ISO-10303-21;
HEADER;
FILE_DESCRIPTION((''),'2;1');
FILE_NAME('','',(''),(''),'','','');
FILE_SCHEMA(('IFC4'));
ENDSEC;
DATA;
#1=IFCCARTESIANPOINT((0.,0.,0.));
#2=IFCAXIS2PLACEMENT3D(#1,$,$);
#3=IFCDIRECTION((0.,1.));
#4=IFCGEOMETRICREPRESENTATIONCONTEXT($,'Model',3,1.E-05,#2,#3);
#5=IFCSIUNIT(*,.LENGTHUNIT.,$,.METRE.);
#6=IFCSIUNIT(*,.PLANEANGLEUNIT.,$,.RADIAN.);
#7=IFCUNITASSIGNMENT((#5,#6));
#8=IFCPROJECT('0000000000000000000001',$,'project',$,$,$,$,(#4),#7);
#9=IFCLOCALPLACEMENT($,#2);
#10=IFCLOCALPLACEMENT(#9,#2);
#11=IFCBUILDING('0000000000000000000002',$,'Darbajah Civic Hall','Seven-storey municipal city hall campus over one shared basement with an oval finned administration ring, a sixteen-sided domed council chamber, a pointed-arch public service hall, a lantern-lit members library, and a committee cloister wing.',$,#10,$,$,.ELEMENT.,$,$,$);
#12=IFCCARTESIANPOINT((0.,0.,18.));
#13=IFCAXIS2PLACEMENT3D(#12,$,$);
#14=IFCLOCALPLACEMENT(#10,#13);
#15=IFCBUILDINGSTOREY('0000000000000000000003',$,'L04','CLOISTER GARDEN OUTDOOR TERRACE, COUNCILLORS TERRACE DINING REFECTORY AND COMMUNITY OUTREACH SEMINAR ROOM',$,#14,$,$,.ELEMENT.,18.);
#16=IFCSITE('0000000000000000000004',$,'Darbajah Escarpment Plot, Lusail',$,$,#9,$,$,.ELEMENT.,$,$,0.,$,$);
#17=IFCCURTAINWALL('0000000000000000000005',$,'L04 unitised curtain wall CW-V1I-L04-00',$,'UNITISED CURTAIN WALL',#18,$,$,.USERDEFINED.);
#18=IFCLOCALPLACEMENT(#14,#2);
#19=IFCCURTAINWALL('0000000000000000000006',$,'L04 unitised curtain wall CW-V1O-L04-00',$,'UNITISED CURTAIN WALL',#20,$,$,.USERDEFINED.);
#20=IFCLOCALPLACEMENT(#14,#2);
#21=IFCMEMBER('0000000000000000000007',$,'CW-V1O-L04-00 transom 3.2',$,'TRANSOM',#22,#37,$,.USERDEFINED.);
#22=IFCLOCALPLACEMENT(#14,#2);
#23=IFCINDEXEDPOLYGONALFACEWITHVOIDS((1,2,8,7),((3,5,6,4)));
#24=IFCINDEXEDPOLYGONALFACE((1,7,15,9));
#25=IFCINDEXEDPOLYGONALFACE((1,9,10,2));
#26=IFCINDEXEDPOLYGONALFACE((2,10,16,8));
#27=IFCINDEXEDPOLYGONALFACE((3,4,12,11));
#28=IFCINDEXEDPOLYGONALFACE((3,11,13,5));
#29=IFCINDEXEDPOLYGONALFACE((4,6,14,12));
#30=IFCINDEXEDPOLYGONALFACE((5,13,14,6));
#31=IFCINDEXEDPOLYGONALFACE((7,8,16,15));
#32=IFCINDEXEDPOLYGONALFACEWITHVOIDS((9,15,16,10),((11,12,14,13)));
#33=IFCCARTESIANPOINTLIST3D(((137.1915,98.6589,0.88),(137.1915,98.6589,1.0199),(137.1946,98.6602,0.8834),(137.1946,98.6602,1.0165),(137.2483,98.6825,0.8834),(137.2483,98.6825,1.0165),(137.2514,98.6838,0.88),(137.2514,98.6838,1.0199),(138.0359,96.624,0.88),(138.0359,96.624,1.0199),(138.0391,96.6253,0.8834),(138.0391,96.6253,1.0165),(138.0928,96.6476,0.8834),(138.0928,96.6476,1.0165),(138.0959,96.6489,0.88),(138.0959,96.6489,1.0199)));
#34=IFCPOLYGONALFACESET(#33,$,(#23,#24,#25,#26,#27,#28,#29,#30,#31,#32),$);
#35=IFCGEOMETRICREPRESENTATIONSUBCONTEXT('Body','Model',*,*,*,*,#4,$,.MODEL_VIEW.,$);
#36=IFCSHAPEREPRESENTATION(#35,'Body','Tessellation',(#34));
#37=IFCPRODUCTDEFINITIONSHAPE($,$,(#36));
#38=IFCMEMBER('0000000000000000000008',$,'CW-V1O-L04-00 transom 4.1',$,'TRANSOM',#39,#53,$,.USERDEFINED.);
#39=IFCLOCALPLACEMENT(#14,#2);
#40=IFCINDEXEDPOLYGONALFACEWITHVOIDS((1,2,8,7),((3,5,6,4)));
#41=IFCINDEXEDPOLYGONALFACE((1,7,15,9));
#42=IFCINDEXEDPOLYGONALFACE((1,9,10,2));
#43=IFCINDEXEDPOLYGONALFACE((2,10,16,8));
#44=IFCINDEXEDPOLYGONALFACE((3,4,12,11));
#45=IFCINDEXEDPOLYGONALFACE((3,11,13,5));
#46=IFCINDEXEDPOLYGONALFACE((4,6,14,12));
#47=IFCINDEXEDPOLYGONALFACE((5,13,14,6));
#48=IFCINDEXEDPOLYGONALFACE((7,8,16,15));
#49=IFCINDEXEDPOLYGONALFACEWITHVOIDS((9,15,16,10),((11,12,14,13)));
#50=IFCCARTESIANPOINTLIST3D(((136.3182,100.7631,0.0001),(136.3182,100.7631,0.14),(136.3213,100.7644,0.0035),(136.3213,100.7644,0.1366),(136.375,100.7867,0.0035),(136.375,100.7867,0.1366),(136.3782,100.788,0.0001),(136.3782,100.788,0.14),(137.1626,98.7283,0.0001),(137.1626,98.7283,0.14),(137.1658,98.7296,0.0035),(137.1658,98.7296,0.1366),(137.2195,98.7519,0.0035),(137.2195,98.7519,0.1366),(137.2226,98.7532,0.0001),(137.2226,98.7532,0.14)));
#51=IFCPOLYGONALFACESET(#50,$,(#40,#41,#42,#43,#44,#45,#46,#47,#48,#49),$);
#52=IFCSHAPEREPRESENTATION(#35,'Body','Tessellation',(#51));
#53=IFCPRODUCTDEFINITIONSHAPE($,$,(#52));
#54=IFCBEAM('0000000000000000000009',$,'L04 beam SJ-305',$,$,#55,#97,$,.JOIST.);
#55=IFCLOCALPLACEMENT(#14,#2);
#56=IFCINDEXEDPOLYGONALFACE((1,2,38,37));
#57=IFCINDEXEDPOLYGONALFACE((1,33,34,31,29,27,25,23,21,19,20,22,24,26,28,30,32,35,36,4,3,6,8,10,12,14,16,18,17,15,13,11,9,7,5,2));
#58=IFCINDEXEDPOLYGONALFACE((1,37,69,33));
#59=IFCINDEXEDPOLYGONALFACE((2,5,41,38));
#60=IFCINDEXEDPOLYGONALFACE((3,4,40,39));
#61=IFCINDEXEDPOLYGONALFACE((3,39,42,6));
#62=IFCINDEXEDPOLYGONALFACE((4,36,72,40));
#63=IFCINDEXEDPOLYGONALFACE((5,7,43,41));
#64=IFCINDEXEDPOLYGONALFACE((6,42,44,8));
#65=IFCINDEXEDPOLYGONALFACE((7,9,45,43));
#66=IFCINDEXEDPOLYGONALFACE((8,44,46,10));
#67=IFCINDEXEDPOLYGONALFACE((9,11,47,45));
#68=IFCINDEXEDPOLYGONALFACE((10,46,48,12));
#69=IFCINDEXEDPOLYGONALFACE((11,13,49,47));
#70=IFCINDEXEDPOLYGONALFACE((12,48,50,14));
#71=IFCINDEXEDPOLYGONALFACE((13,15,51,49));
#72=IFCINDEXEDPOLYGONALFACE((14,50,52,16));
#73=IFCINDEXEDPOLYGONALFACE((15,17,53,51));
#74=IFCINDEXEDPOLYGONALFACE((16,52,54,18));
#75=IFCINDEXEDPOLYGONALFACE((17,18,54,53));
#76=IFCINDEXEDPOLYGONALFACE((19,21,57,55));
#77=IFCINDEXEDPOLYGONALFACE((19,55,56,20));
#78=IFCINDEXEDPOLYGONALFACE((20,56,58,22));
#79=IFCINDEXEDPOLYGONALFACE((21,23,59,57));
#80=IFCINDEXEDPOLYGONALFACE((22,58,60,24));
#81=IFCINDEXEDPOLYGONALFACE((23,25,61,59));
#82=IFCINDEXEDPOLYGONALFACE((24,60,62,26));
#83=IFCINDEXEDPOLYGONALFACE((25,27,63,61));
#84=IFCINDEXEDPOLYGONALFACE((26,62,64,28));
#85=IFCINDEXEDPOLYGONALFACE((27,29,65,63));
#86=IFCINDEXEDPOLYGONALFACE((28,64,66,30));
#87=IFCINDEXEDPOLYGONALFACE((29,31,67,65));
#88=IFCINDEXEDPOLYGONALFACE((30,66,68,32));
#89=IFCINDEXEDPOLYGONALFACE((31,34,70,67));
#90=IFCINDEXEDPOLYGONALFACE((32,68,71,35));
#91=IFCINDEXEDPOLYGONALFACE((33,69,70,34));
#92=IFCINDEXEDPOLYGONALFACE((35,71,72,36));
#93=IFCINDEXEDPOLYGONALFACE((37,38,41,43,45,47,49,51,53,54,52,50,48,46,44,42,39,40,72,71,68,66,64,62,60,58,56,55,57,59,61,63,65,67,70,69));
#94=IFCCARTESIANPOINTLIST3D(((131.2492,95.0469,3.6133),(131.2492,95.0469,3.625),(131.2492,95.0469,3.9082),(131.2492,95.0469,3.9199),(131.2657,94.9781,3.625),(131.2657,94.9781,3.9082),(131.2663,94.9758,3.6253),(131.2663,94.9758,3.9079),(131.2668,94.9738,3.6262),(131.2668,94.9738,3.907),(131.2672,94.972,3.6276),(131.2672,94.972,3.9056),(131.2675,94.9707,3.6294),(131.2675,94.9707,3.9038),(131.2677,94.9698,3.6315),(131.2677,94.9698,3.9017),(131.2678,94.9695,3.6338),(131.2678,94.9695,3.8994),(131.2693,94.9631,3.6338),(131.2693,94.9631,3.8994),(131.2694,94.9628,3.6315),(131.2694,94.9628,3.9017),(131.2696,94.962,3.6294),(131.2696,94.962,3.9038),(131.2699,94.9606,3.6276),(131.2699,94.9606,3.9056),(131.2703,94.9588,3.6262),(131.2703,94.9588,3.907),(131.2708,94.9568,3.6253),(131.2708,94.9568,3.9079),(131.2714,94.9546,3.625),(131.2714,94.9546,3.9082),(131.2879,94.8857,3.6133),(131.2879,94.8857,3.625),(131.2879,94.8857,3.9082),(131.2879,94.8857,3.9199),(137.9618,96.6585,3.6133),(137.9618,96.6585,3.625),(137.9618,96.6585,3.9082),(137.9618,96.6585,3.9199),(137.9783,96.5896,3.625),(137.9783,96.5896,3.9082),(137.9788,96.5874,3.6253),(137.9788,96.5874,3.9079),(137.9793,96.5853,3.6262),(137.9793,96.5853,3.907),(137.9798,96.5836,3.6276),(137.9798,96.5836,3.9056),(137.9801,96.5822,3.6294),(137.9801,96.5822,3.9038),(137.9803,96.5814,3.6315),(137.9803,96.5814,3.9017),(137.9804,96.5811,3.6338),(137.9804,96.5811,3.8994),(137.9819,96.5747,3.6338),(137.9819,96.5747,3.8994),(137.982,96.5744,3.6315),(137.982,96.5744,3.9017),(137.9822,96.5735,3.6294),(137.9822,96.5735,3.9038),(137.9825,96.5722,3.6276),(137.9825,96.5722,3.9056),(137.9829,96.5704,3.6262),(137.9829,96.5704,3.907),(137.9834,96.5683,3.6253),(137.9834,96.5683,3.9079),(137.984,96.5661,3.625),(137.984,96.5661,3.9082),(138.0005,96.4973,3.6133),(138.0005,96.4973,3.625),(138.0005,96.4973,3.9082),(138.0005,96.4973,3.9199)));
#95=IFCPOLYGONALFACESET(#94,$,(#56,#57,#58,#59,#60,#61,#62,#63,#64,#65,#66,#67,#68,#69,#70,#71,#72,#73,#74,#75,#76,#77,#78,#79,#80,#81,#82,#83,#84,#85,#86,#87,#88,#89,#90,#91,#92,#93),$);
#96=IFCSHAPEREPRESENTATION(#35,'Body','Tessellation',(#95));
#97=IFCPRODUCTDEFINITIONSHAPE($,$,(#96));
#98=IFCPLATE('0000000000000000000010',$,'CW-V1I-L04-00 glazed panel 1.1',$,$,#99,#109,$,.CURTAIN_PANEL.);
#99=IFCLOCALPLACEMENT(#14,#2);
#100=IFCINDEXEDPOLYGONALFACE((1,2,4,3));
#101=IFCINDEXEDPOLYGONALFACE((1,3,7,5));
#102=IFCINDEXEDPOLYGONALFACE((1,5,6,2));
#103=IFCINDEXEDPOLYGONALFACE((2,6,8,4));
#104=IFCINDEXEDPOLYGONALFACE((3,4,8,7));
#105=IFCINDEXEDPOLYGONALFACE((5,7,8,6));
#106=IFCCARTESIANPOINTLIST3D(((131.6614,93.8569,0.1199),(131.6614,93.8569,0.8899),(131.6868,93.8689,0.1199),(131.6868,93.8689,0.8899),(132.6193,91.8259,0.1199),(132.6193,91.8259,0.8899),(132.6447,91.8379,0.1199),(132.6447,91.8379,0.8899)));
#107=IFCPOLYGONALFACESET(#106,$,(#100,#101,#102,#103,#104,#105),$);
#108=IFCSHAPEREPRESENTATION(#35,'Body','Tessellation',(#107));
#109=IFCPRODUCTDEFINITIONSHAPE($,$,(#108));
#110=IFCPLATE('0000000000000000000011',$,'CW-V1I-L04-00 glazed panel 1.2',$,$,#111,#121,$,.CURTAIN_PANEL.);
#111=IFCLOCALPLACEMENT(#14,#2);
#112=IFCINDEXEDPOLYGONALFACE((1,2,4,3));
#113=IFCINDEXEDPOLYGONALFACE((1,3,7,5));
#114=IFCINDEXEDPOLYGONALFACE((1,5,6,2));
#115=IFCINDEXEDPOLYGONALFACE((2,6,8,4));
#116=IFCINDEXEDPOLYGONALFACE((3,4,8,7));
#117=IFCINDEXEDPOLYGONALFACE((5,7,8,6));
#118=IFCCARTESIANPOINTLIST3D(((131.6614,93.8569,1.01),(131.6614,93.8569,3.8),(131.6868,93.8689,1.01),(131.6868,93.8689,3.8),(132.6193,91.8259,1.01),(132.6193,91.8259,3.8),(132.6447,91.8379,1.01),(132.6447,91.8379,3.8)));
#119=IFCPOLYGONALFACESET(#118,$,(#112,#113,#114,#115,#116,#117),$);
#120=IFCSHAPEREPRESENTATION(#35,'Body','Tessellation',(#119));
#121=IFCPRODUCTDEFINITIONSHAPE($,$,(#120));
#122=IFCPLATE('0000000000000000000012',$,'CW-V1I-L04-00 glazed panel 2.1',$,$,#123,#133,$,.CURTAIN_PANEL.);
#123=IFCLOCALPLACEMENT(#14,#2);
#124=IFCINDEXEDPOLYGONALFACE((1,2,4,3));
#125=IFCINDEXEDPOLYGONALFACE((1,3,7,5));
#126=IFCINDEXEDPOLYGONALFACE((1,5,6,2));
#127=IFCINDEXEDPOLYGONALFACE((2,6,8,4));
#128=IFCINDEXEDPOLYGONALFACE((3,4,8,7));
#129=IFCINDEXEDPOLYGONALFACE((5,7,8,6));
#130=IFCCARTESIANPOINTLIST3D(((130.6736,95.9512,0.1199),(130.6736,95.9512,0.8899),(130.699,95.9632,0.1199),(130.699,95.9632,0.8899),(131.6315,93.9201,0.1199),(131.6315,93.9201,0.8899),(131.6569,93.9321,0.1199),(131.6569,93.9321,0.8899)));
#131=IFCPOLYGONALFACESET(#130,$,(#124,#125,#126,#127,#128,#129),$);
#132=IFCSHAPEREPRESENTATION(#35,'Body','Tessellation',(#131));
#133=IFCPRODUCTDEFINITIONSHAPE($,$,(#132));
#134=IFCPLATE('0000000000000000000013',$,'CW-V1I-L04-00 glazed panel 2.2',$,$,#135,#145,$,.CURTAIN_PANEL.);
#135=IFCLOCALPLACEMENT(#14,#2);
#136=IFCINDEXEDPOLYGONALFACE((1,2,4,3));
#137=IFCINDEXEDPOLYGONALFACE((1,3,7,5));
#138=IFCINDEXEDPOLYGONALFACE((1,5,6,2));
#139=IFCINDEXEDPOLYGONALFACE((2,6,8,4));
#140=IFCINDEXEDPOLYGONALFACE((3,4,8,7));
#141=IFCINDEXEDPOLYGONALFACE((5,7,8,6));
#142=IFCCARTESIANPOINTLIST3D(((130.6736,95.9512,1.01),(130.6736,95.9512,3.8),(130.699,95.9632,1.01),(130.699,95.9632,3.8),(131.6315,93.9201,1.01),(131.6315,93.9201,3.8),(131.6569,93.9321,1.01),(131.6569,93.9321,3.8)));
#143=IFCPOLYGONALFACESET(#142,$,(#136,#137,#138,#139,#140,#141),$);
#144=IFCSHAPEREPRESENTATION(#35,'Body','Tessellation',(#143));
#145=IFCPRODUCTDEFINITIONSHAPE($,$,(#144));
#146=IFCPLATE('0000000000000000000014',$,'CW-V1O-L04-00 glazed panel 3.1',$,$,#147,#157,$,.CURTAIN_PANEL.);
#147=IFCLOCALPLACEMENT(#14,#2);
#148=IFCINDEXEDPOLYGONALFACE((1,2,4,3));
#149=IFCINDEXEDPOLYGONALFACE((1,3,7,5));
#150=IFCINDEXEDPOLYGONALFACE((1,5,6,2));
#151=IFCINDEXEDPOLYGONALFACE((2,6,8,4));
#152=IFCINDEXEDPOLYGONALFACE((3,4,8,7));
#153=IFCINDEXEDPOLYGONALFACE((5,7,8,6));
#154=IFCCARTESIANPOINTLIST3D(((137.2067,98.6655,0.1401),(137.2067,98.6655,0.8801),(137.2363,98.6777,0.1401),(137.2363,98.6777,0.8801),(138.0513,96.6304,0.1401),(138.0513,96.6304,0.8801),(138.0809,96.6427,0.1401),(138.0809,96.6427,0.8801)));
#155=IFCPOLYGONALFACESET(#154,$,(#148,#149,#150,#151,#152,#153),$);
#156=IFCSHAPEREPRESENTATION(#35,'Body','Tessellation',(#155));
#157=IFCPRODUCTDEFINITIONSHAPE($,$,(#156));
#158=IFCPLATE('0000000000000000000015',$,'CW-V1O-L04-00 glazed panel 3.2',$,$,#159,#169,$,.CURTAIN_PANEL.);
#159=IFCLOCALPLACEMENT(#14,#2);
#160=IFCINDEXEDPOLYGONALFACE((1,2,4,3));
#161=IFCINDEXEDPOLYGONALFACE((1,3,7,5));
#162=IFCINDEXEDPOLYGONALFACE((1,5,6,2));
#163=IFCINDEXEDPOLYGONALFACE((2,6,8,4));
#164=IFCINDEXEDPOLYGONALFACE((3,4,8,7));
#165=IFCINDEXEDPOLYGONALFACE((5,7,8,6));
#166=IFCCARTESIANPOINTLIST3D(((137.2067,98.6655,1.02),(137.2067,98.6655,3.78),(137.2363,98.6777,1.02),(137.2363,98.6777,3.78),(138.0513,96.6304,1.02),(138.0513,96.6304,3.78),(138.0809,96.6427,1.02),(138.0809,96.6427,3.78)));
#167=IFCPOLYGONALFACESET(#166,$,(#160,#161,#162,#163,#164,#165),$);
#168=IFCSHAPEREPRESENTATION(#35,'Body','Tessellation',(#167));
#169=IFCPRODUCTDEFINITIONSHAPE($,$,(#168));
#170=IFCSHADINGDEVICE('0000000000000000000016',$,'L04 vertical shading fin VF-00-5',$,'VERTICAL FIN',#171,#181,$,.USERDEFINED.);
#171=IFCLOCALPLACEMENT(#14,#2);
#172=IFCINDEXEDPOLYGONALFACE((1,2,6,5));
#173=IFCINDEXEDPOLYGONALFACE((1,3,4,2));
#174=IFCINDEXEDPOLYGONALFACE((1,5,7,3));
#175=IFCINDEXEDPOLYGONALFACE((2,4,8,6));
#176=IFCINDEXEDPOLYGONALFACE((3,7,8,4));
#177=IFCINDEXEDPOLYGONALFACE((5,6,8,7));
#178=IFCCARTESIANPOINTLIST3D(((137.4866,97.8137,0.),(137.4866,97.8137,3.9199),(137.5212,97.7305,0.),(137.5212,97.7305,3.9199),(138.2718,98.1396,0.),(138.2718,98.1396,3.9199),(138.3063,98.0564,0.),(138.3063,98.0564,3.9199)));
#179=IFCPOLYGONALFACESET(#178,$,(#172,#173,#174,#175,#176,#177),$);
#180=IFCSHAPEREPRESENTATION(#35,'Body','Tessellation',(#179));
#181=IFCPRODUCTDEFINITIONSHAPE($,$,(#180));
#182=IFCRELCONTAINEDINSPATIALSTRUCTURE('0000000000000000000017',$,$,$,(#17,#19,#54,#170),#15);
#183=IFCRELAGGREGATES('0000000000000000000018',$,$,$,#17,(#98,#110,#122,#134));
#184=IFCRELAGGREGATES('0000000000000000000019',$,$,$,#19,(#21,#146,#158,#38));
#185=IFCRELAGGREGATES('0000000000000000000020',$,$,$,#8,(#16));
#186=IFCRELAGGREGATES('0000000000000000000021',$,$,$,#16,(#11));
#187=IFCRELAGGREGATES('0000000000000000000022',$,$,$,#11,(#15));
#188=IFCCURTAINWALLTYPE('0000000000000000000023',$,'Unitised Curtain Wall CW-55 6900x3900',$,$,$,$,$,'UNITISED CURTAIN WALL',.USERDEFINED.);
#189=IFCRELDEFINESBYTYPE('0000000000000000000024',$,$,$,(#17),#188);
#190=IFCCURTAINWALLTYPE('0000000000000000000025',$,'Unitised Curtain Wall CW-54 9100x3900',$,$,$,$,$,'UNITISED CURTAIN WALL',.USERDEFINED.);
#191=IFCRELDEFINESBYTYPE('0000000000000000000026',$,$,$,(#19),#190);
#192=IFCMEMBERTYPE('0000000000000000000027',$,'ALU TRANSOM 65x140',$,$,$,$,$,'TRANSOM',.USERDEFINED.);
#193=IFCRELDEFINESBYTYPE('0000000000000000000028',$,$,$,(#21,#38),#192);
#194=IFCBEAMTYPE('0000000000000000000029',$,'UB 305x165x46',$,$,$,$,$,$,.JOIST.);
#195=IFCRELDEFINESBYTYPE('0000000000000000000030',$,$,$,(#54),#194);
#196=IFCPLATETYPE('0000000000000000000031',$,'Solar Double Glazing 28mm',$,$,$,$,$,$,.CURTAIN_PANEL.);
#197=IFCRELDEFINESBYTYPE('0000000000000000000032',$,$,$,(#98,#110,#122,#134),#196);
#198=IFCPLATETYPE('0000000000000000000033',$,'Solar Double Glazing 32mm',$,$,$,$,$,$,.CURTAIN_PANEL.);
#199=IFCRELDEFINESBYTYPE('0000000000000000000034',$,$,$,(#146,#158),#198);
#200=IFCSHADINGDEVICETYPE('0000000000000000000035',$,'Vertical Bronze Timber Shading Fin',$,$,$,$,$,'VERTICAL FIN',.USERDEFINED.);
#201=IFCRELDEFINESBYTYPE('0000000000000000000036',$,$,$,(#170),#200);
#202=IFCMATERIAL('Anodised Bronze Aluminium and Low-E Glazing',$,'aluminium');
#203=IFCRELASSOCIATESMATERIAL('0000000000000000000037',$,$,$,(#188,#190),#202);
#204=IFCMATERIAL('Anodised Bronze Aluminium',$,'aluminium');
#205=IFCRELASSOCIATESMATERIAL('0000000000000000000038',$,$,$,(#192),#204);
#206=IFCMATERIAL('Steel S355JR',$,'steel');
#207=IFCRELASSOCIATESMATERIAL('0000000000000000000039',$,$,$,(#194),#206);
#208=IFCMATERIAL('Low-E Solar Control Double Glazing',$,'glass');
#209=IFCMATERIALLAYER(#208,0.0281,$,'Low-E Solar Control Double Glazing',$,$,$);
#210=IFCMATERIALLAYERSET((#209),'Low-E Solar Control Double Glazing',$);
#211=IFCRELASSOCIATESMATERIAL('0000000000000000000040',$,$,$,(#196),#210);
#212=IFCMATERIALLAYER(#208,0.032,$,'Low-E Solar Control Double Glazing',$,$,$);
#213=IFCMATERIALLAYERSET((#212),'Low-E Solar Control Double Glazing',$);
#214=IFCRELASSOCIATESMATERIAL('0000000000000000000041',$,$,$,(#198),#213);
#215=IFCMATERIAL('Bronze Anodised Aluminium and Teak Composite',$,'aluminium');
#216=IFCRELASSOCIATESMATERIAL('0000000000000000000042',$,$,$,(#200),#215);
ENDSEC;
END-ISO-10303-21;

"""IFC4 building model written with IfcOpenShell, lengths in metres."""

from ifc_helpers import new_model, si_unit, direction, frame, origin, origin_2d, place, context, subcontext, project, spatial, rectangle, hollow_rectangle, i_section, extrude, material, layer, layer_set, material_profile, profile_set, type_object, element, aggregate, save


model = new_model("IFC4")

# Units and contexts
model_context = context("Model", 3, precision=1e-05, world=origin(), true_north=direction((0.0, 1.0)))
body_context = subcontext(model_context, "Body", "Model", "MODEL_VIEW")
ifc_project = project(units=[si_unit("LENGTHUNIT", "METRE"), si_unit("PLANEANGLEUNIT", "RADIAN")], contexts=[model_context])

# Site, building, storey
site_placement = place(None, origin())
site = spatial("IfcSite", under=ifc_project, at=site_placement, Name="Darbajah Escarpment Plot, Lusail", CompositionType="ELEMENT", RefElevation=0.0)
building_placement = place(site_placement, origin())
building = spatial("IfcBuilding", under=site, at=building_placement, Name="Darbajah Civic Hall", Description="Seven-storey municipal city hall campus over one shared basement with an oval finned administration ring, a sixteen-sided domed council chamber, a pointed-arch public service hall, a lantern-lit members library, and a committee cloister wing.", CompositionType="ELEMENT")
storey_placement = place(building_placement, frame((0.0, 0.0, 18.0)))
storey = spatial("IfcBuildingStorey", under=building, at=storey_placement, Name="L04", Description="CLOISTER GARDEN OUTDOOR TERRACE, COUNCILLORS TERRACE DINING REFECTORY AND COMMUNITY OUTREACH SEMINAR ROOM", CompositionType="ELEMENT", Elevation=18.0)

# Curtain wall
ifc_material_1 = material(Name="Anodised Bronze Aluminium and Low-E Glazing", Category="aluminium")
curtain_wall_type_1 = type_object("IfcCurtainWallType", Name="Unitised Curtain Wall CW-55 6900x3900", ElementType="UNITISED CURTAIN WALL", PredefinedType="USERDEFINED", material=ifc_material_1)
curtain_wall_1_placement = place(storey_placement, origin())
curtain_wall_1 = element("IfcCurtainWall", 1, at=curtain_wall_1_placement, inside=storey, type_object=curtain_wall_type_1, Name="L04 unitised curtain wall CW-V1I-L04-00", ObjectType="UNITISED CURTAIN WALL", PredefinedType="USERDEFINED")
ifc_material_2 = material(Name="Anodised Bronze Aluminium", Category="aluminium")

# Curtain wall
curtain_wall_type_2 = type_object("IfcCurtainWallType", Name="Unitised Curtain Wall CW-54 9100x3900", ElementType="UNITISED CURTAIN WALL", PredefinedType="USERDEFINED", material=ifc_material_1)
curtain_wall_2_placement = place(storey_placement, origin())
curtain_wall_2 = element("IfcCurtainWall", 2, at=curtain_wall_2_placement, inside=storey, type_object=curtain_wall_type_2, Name="L04 unitised curtain wall CW-V1O-L04-00", ObjectType="UNITISED CURTAIN WALL", PredefinedType="USERDEFINED")

# Members
ifc_material_profile_1 = material_profile(ifc_material_2, hollow_rectangle(XDim=0.0649, YDim=0.1399, WallThickness=0.0034, at=origin_2d()), Name="ALU TRANSOM 65x140")
ifc_profile_set_1 = profile_set([ifc_material_profile_1], Name="Anodised Bronze Aluminium")
member_type_1 = type_object("IfcMemberType", Name="ALU TRANSOM 65x140", ElementType="TRANSOM", PredefinedType="USERDEFINED", material=ifc_profile_set_1)
member_1_placement = place(storey_placement, frame((138.0659, 96.6365, 0.95), z_axis=(-0.383301, 0.923623, 0.0), x_axis=(-0.923623, -0.383301, 0.0)))
member_1 = element("IfcMember", 3, at=member_1_placement, type_object=member_type_1, Name="CW-V1O-L04-00 transom 3.2", ObjectType="TRANSOM", PredefinedType="USERDEFINED", context=body_context, shape_type="SweptSolid", body=[
    extrude(hollow_rectangle(XDim=0.0649, YDim=0.1399, WallThickness=0.0034, at=origin_2d()), origin(), (0.0, 0.0, 1.0), 2.2031),
])
member_2_placement = place(storey_placement, frame((137.1926, 98.7407, 0.0701), z_axis=(-0.383301, 0.923623, 0.0), x_axis=(-0.923623, -0.383301, 0.0)))
member_2 = element("IfcMember", 4, at=member_2_placement, type_object=member_type_1, Name="CW-V1O-L04-00 transom 4.1", ObjectType="TRANSOM", PredefinedType="USERDEFINED", context=body_context, shape_type="SweptSolid", body=[
    extrude(hollow_rectangle(XDim=0.0649, YDim=0.1399, WallThickness=0.0034, at=origin_2d()), origin(), (0.0, 0.0, 1.0), 2.2031),
])

# Beam
ifc_material_3 = material(Name="Steel S355JR", Category="steel")
ifc_material_profile_2 = material_profile(ifc_material_3, i_section(OverallWidth=0.1658, OverallDepth=0.3066, WebThickness=0.0066, FlangeThickness=0.0117, FilletRadius=0.0088, at=origin_2d()), Name="UB 305x165x46")
ifc_profile_set_2 = profile_set([ifc_material_profile_2], Name="Steel S355JR")
beam_type = type_object("IfcBeamType", Name="UB 305x165x46", PredefinedType="JOIST", material=ifc_profile_set_2)
beam_placement = place(storey_placement, frame((131.2686, 94.9663, 3.7666), z_axis=(0.97237, 0.233447, 0.0), x_axis=(-0.233447, 0.97237, 0.0)))
element("IfcBeam", 5, at=beam_placement, inside=storey, type_object=beam_type, Name="L04 beam SJ-305", PredefinedType="JOIST", context=body_context, shape_type="SweptSolid", body=[
    extrude(i_section(OverallWidth=0.1658, OverallDepth=0.3066, WebThickness=0.0066, FlangeThickness=0.0117, FilletRadius=0.0088, at=origin_2d()), origin(), (0.0, 0.0, 1.0), 6.9033),
])

# Plates
ifc_material_4 = material(Name="Low-E Solar Control Double Glazing", Category="glass")
ifc_layer_1 = layer(ifc_material_4, 0.0281, Name="Low-E Solar Control Double Glazing")
ifc_layer_set_1 = layer_set([ifc_layer_1], Name="Low-E Solar Control Double Glazing")
plate_type_1 = type_object("IfcPlateType", Name="Solar Double Glazing 28mm", PredefinedType="CURTAIN_PANEL", material=ifc_layer_set_1)
plate_1_placement = place(storey_placement, frame((132.1531, 92.8474, 0.1199), z_axis=(0.0, 0.0, 1.0), x_axis=(-0.426569, 0.904455, 0.0)))
plate_1 = element("IfcPlate", 6, at=plate_1_placement, type_object=plate_type_1, Name="CW-V1I-L04-00 glazed panel 1.1", PredefinedType="CURTAIN_PANEL", context=body_context, shape_type="SweptSolid", body=[
    extrude(rectangle(XDim=2.2456, YDim=0.0281, at=origin_2d()), origin(), (0.0, 0.0, 1.0), 0.77),
])
plate_2_placement = place(storey_placement, frame((132.1531, 92.8474, 1.01), z_axis=(0.0, 0.0, 1.0), x_axis=(-0.426569, 0.904455, 0.0)))
plate_2 = element("IfcPlate", 7, at=plate_2_placement, type_object=plate_type_1, Name="CW-V1I-L04-00 glazed panel 1.2", PredefinedType="CURTAIN_PANEL", context=body_context, shape_type="SweptSolid", body=[
    extrude(rectangle(XDim=2.2456, YDim=0.0281, at=origin_2d()), origin(), (0.0, 0.0, 1.0), 2.79),
])
plate_3_placement = place(storey_placement, frame((131.1653, 94.9417, 0.1199), z_axis=(0.0, 0.0, 1.0), x_axis=(-0.426569, 0.904455, 0.0)))
plate_3 = element("IfcPlate", 8, at=plate_3_placement, type_object=plate_type_1, Name="CW-V1I-L04-00 glazed panel 2.1", PredefinedType="CURTAIN_PANEL", context=body_context, shape_type="SweptSolid", body=[
    extrude(rectangle(XDim=2.2456, YDim=0.0281, at=origin_2d()), origin(), (0.0, 0.0, 1.0), 0.77),
])
plate_4_placement = place(storey_placement, frame((131.1653, 94.9417, 1.01), z_axis=(0.0, 0.0, 1.0), x_axis=(-0.426569, 0.904455, 0.0)))
plate_4 = element("IfcPlate", 9, at=plate_4_placement, type_object=plate_type_1, Name="CW-V1I-L04-00 glazed panel 2.2", PredefinedType="CURTAIN_PANEL", context=body_context, shape_type="SweptSolid", body=[
    extrude(rectangle(XDim=2.2456, YDim=0.0281, at=origin_2d()), origin(), (0.0, 0.0, 1.0), 2.79),
])
aggregate(curtain_wall_1, [plate_1, plate_2, plate_3, plate_4])
ifc_layer_2 = layer(ifc_material_4, 0.032, Name="Low-E Solar Control Double Glazing")
ifc_layer_set_2 = layer_set([ifc_layer_2], Name="Low-E Solar Control Double Glazing")
plate_type_2 = type_object("IfcPlateType", Name="Solar Double Glazing 32mm", PredefinedType="CURTAIN_PANEL", material=ifc_layer_set_2)
plate_5_placement = place(storey_placement, frame((137.6438, 97.6541, 0.1401), z_axis=(0.0, 0.0, 1.0), x_axis=(-0.383328, 0.923612, 0.0)))
plate_5 = element("IfcPlate", 10, at=plate_5_placement, type_object=plate_type_2, Name="CW-V1O-L04-00 glazed panel 3.1", PredefinedType="CURTAIN_PANEL", context=body_context, shape_type="SweptSolid", body=[
    extrude(rectangle(XDim=2.2034, YDim=0.032, at=origin_2d()), origin(), (0.0, 0.0, 1.0), 0.74),
])
plate_6_placement = place(storey_placement, frame((137.6438, 97.6541, 1.02), z_axis=(0.0, 0.0, 1.0), x_axis=(-0.383328, 0.923612, 0.0)))
plate_6 = element("IfcPlate", 11, at=plate_6_placement, type_object=plate_type_2, Name="CW-V1O-L04-00 glazed panel 3.2", PredefinedType="CURTAIN_PANEL", context=body_context, shape_type="SweptSolid", body=[
    extrude(rectangle(XDim=2.2034, YDim=0.032, at=origin_2d()), origin(), (0.0, 0.0, 1.0), 2.76),
])
aggregate(curtain_wall_2, [member_1, plate_5, plate_6, member_2])

# Shading device
ifc_material_5 = material(Name="Bronze Anodised Aluminium and Teak Composite", Category="aluminium")
shading_device_type = type_object("IfcShadingDeviceType", Name="Vertical Bronze Timber Shading Fin", ElementType="VERTICAL FIN", PredefinedType="USERDEFINED", material=ifc_material_5)
shading_device_placement = place(storey_placement, frame((137.8965, 97.9351, 0.0), z_axis=(0.0, 0.0, 1.0), x_axis=(0.923612, 0.383328, 0.0)))
element("IfcShadingDevice", 12, at=shading_device_placement, inside=storey, type_object=shading_device_type, Name="L04 vertical shading fin VF-00-5", ObjectType="VERTICAL FIN", PredefinedType="USERDEFINED", context=body_context, shape_type="SweptSolid", body=[
    extrude(rectangle(XDim=0.8501, YDim=0.0901, at=origin_2d()), origin(), (0.0, 0.0, 1.0), 3.9199),
])

save(model, "model.ifc")
